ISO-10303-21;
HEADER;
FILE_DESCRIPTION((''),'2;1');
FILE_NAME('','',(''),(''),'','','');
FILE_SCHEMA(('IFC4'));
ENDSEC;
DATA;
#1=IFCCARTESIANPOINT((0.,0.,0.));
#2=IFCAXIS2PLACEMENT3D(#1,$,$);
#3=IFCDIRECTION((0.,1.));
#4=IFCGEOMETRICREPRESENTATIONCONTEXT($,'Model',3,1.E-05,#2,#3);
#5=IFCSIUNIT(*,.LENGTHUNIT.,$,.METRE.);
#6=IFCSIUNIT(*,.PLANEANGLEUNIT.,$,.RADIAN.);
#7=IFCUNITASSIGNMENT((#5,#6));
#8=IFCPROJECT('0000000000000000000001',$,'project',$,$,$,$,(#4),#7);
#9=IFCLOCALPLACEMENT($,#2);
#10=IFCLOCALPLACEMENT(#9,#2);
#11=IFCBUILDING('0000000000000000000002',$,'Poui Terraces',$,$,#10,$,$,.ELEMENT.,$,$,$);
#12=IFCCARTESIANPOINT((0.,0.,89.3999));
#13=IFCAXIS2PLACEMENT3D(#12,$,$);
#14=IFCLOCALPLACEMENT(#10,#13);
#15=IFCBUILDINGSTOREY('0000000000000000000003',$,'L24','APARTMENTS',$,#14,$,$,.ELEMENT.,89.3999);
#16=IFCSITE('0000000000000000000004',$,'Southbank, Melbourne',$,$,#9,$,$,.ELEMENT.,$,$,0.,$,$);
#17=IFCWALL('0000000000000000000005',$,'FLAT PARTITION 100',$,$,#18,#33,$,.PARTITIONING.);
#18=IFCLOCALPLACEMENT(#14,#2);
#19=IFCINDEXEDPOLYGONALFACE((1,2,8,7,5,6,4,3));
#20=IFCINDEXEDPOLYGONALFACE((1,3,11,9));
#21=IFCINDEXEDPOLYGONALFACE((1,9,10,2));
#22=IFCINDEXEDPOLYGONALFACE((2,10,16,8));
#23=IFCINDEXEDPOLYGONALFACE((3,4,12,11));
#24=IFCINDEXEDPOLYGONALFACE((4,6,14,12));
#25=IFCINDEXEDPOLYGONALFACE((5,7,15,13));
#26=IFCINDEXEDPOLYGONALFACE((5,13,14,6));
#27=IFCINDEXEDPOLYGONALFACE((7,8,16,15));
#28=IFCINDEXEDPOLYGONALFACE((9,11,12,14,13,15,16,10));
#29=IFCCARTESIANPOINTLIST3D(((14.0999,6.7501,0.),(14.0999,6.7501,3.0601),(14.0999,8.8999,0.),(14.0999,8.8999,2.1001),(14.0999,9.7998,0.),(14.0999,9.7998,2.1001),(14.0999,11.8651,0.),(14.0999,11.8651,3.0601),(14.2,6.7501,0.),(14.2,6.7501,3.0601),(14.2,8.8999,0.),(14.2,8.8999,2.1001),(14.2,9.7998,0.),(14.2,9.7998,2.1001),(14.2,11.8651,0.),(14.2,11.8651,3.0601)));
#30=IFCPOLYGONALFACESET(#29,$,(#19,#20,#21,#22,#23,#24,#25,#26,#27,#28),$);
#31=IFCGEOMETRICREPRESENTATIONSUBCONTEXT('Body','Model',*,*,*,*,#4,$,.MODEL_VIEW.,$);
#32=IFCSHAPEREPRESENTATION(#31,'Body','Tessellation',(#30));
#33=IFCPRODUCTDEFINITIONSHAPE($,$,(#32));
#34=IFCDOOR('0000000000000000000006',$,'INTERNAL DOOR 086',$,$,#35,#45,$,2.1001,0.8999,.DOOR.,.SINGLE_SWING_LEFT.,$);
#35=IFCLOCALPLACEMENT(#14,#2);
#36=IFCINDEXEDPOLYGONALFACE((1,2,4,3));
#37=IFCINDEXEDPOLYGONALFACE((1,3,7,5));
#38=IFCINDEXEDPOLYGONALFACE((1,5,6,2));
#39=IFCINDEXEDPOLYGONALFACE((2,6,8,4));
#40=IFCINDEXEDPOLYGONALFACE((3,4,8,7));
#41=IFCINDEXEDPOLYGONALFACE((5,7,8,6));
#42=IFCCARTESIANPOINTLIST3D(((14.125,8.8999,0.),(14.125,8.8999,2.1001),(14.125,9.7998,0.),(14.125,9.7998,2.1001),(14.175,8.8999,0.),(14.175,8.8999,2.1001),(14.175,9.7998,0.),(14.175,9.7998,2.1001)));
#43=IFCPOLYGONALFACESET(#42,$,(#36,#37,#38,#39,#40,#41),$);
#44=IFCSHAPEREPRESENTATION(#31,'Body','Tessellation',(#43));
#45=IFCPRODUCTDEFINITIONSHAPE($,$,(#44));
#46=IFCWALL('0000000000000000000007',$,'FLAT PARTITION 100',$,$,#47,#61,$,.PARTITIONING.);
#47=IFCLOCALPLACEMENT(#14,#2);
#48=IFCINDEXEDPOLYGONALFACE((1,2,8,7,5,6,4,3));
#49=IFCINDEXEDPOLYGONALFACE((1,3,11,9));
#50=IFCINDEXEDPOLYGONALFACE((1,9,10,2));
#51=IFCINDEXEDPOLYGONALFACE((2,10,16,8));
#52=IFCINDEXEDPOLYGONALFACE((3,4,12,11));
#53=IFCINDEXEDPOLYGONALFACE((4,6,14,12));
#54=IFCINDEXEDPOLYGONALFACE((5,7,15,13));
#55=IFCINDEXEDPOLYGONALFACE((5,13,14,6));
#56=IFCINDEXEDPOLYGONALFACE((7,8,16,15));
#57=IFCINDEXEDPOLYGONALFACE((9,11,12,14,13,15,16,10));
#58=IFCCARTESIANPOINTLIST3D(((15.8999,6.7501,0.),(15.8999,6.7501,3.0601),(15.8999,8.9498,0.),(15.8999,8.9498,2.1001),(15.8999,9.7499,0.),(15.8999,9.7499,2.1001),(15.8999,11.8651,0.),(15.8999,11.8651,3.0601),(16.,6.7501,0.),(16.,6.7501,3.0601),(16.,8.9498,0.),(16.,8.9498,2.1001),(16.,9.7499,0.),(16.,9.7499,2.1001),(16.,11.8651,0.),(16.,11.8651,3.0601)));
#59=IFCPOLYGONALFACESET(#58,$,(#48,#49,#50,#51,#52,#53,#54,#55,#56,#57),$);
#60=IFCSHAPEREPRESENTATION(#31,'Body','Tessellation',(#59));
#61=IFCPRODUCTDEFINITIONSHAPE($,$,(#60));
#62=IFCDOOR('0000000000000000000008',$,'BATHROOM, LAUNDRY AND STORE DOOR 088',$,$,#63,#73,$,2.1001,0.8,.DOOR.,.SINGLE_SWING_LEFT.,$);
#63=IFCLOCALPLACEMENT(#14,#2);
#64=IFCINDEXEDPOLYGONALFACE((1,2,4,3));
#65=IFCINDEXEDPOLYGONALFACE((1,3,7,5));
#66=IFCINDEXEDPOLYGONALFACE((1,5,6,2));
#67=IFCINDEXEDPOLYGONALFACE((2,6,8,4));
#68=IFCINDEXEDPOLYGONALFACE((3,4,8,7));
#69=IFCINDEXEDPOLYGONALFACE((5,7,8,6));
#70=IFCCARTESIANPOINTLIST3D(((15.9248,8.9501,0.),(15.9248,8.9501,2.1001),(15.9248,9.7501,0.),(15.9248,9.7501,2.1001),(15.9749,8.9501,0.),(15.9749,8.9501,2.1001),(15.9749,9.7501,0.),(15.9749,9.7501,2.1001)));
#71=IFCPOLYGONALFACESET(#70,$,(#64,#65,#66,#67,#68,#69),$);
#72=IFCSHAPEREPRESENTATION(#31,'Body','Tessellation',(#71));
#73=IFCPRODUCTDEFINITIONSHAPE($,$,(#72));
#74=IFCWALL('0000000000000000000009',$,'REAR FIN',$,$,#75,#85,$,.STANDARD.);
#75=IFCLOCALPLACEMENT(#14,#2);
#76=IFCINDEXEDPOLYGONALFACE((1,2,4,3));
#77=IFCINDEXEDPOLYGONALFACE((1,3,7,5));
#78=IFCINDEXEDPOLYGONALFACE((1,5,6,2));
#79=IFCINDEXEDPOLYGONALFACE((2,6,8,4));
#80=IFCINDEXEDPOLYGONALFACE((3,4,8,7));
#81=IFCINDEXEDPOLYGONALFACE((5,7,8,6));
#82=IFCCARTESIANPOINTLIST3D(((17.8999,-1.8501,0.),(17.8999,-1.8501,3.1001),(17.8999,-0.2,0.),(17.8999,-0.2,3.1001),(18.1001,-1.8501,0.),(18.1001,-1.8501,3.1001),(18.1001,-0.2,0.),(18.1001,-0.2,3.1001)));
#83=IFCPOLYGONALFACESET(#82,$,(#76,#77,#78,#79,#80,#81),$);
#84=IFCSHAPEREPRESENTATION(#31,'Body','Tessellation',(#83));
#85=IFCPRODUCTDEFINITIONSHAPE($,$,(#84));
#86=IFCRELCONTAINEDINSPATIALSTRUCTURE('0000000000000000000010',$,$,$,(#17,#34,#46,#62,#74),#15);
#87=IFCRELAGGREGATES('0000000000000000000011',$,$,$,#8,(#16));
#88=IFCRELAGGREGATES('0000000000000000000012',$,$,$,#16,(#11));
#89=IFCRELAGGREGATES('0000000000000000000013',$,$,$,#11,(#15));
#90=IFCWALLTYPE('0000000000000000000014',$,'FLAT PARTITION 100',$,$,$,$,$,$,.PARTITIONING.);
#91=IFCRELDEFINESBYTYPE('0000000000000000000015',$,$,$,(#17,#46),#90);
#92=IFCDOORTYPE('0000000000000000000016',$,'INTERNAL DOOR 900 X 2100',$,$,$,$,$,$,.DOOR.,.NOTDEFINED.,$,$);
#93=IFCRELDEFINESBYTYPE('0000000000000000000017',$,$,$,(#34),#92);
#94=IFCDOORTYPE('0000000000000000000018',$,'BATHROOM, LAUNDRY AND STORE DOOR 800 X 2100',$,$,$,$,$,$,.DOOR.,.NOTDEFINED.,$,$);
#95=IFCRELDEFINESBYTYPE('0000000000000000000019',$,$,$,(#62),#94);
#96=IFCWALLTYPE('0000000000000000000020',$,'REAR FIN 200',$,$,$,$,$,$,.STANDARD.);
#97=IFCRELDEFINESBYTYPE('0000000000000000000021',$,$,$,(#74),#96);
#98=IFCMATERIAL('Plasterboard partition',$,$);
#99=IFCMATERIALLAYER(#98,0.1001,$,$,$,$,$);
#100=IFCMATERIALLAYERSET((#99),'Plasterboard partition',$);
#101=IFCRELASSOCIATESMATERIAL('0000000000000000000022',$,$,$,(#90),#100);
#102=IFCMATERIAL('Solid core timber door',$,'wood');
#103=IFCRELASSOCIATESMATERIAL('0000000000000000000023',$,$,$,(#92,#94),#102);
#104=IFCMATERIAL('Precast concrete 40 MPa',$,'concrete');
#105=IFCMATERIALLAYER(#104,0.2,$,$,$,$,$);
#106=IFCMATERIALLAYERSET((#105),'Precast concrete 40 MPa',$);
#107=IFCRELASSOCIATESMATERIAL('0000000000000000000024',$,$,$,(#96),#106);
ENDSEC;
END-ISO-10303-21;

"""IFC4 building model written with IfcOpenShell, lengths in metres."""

from ifc_helpers import new_model, si_unit, direction, frame, frame_2d, origin, place, context, subcontext, project, spatial, polyline, rectangle, outline, extrude, source, transform, mapped, material, layer, layer_set, type_object, element, fill, save


model = new_model("IFC4")

# Units and contexts
model_context = context("Model", 3, precision=1e-05, world=origin(), true_north=direction((0.0, 1.0)))
body_context = subcontext(model_context, "Body", "Model", "MODEL_VIEW")
ifc_project = project(units=[si_unit("LENGTHUNIT", "METRE"), si_unit("PLANEANGLEUNIT", "RADIAN")], contexts=[model_context])

# Site, building, storey
site_placement = place(None, origin())
site = spatial("IfcSite", under=ifc_project, at=site_placement, Name="Southbank, Melbourne", CompositionType="ELEMENT", RefElevation=0.0)
building_placement = place(site_placement, origin())
building = spatial("IfcBuilding", under=site, at=building_placement, Name="Poui Terraces", CompositionType="ELEMENT")
storey_placement = place(building_placement, frame((0.0, 0.0, 89.3999)))
storey = spatial("IfcBuildingStorey", under=building, at=storey_placement, Name="L24", Description="APARTMENTS", CompositionType="ELEMENT", Elevation=89.3999)

# Shared definitions
ifc_material_1 = material(Name="Plasterboard partition")
ifc_layer_1 = layer(ifc_material_1, 0.1001)
ifc_layer_set_1 = layer_set([ifc_layer_1], Name="Plasterboard partition")
wall_type_1 = type_object("IfcWallType", Name="FLAT PARTITION 100", PredefinedType="PARTITIONING", material=ifc_layer_set_1)

# Walls, openings, doors
ifc_material_2 = material(Name="Solid core timber door", Category="wood")
door_type_1 = type_object("IfcDoorType", Name="INTERNAL DOOR 900 X 2100", OperationType="NOTDEFINED", PredefinedType="DOOR", material=ifc_material_2)
wall_1_placement = place(storey_placement, frame((14.1499, 6.75, 0.0), z_axis=(0.0, 0.0, 1.0), x_axis=(0.0, 1.0, 0.0)))
wall_1 = element("IfcWall", 1, at=wall_1_placement, inside=storey, type_object=wall_type_1, Name="FLAT PARTITION 100", PredefinedType="PARTITIONING", context=body_context, shape_type="SweptSolid", body=[
    extrude(rectangle(XDim=5.115, YDim=0.1001, at=frame_2d((2.5576, 0.0))), origin(), (0.0, 0.0, 1.0), 3.0601),
])
opening_1_placement = place(wall_1_placement, frame((2.1499, 0.0, 0.0)))
opening_1 = element("IfcOpeningElement", 2, at=opening_1_placement, cuts=wall_1, PredefinedType="OPENING", context=body_context, shape_type="SweptSolid", body=[
    extrude(rectangle(XDim=0.8999, YDim=2.1001, at=frame_2d((0.45, 1.05))), frame((0.0, 0.0601, 0.0), z_axis=(0.0, -1.0, 0.0), x_axis=(1.0, 0.0, 0.0)), (0.0, 0.0, 1.0), 0.1201),
])
door_1_placement = place(opening_1_placement, origin())
door_1 = element("IfcDoor", 3, at=door_1_placement, inside=storey, type_object=door_type_1, Name="INTERNAL DOOR 086", OperationType="SINGLE_SWING_LEFT", OverallHeight=2.1001, OverallWidth=0.8999, PredefinedType="DOOR", context=body_context, shape_type="SweptSolid", body=[
    extrude(rectangle(XDim=0.8999, YDim=2.1001, at=frame_2d((0.45, 1.05))), frame((0.0, 0.0249, 0.0), z_axis=(0.0, -1.0, 0.0), x_axis=(1.0, 0.0, 0.0)), (0.0, 0.0, 1.0), 0.05),
])
fill(opening_1, door_1)
wall_2_placement = place(storey_placement, frame((15.95, 6.75, 0.0), z_axis=(0.0, 0.0, 1.0), x_axis=(0.0, 1.0, 0.0)))
wall_2 = element("IfcWall", 4, at=wall_2_placement, inside=storey, type_object=wall_type_1, Name="FLAT PARTITION 100", PredefinedType="PARTITIONING", context=body_context, shape_type="SweptSolid", body=[
    extrude(rectangle(XDim=5.115, YDim=0.1001, at=frame_2d((2.5576, 0.0))), origin(), (0.0, 0.0, 1.0), 3.0601),
])
opening_2_placement = place(wall_2_placement, frame((2.2, 0.0, 0.0)))
opening_2 = element("IfcOpeningElement", 5, at=opening_2_placement, cuts=wall_2, PredefinedType="OPENING", context=body_context, shape_type="SweptSolid", body=[
    extrude(rectangle(XDim=0.8, YDim=2.1001, at=frame_2d((0.3999, 1.05))), frame((0.0, 0.0601, 0.0), z_axis=(0.0, -1.0, 0.0), x_axis=(1.0, 0.0, 0.0)), (0.0, 0.0, 1.0), 0.1201),
])
door_type_2 = type_object("IfcDoorType", Name="BATHROOM, LAUNDRY AND STORE DOOR 800 X 2100", OperationType="NOTDEFINED", PredefinedType="DOOR", material=ifc_material_2)
door_2_placement = place(opening_2_placement, frame((0.8, 0.0, 0.0), z_axis=(0.0, 0.0, 1.0), x_axis=(-1.0, 0.0, 0.0)))
door_2 = element("IfcDoor", 6, at=door_2_placement, inside=storey, type_object=door_type_2, Name="BATHROOM, LAUNDRY AND STORE DOOR 088", OperationType="SINGLE_SWING_LEFT", OverallHeight=2.1001, OverallWidth=0.8, PredefinedType="DOOR", context=body_context, shape_type="SweptSolid", body=[
    extrude(rectangle(XDim=0.8, YDim=2.1001, at=frame_2d((0.3999, 1.05))), frame((0.0, 0.0249, 0.0), z_axis=(0.0, -1.0, 0.0), x_axis=(1.0, 0.0, 0.0)), (0.0, 0.0, 1.0), 0.05),
])
fill(opening_2, door_2)

# Wall
ifc_material_3 = material(Name="Precast concrete 40 MPa", Category="concrete")
ifc_layer_2 = layer(ifc_material_3, 0.2)
ifc_layer_set_2 = layer_set([ifc_layer_2], Name="Precast concrete 40 MPa")
wall_type_2 = type_object("IfcWallType", Name="REAR FIN 200", PredefinedType="STANDARD", material=ifc_layer_set_2)
shared_shape_1 = source(origin(), body_context, "Body", "SweptSolid", [
    extrude(outline(polyline([(0.0, 0.0), (0.2002, 0.0), (0.2002, 1.6501), (0.0, 1.6501), (0.0, 0.0)])), origin(), (0.0, 0.0, 1.0), 3.1001),
])
wall_3_placement = place(storey_placement, frame((17.8999, -1.8501, 0.0)))
element("IfcWall", 7, at=wall_3_placement, inside=storey, type_object=wall_type_2, Name="REAR FIN", PredefinedType="STANDARD", context=body_context, shape_type="MappedRepresentation", body=[
    mapped(shared_shape_1, transform((0.0, 0.0, 0.0))),
])

save(model, "model.ifc")
